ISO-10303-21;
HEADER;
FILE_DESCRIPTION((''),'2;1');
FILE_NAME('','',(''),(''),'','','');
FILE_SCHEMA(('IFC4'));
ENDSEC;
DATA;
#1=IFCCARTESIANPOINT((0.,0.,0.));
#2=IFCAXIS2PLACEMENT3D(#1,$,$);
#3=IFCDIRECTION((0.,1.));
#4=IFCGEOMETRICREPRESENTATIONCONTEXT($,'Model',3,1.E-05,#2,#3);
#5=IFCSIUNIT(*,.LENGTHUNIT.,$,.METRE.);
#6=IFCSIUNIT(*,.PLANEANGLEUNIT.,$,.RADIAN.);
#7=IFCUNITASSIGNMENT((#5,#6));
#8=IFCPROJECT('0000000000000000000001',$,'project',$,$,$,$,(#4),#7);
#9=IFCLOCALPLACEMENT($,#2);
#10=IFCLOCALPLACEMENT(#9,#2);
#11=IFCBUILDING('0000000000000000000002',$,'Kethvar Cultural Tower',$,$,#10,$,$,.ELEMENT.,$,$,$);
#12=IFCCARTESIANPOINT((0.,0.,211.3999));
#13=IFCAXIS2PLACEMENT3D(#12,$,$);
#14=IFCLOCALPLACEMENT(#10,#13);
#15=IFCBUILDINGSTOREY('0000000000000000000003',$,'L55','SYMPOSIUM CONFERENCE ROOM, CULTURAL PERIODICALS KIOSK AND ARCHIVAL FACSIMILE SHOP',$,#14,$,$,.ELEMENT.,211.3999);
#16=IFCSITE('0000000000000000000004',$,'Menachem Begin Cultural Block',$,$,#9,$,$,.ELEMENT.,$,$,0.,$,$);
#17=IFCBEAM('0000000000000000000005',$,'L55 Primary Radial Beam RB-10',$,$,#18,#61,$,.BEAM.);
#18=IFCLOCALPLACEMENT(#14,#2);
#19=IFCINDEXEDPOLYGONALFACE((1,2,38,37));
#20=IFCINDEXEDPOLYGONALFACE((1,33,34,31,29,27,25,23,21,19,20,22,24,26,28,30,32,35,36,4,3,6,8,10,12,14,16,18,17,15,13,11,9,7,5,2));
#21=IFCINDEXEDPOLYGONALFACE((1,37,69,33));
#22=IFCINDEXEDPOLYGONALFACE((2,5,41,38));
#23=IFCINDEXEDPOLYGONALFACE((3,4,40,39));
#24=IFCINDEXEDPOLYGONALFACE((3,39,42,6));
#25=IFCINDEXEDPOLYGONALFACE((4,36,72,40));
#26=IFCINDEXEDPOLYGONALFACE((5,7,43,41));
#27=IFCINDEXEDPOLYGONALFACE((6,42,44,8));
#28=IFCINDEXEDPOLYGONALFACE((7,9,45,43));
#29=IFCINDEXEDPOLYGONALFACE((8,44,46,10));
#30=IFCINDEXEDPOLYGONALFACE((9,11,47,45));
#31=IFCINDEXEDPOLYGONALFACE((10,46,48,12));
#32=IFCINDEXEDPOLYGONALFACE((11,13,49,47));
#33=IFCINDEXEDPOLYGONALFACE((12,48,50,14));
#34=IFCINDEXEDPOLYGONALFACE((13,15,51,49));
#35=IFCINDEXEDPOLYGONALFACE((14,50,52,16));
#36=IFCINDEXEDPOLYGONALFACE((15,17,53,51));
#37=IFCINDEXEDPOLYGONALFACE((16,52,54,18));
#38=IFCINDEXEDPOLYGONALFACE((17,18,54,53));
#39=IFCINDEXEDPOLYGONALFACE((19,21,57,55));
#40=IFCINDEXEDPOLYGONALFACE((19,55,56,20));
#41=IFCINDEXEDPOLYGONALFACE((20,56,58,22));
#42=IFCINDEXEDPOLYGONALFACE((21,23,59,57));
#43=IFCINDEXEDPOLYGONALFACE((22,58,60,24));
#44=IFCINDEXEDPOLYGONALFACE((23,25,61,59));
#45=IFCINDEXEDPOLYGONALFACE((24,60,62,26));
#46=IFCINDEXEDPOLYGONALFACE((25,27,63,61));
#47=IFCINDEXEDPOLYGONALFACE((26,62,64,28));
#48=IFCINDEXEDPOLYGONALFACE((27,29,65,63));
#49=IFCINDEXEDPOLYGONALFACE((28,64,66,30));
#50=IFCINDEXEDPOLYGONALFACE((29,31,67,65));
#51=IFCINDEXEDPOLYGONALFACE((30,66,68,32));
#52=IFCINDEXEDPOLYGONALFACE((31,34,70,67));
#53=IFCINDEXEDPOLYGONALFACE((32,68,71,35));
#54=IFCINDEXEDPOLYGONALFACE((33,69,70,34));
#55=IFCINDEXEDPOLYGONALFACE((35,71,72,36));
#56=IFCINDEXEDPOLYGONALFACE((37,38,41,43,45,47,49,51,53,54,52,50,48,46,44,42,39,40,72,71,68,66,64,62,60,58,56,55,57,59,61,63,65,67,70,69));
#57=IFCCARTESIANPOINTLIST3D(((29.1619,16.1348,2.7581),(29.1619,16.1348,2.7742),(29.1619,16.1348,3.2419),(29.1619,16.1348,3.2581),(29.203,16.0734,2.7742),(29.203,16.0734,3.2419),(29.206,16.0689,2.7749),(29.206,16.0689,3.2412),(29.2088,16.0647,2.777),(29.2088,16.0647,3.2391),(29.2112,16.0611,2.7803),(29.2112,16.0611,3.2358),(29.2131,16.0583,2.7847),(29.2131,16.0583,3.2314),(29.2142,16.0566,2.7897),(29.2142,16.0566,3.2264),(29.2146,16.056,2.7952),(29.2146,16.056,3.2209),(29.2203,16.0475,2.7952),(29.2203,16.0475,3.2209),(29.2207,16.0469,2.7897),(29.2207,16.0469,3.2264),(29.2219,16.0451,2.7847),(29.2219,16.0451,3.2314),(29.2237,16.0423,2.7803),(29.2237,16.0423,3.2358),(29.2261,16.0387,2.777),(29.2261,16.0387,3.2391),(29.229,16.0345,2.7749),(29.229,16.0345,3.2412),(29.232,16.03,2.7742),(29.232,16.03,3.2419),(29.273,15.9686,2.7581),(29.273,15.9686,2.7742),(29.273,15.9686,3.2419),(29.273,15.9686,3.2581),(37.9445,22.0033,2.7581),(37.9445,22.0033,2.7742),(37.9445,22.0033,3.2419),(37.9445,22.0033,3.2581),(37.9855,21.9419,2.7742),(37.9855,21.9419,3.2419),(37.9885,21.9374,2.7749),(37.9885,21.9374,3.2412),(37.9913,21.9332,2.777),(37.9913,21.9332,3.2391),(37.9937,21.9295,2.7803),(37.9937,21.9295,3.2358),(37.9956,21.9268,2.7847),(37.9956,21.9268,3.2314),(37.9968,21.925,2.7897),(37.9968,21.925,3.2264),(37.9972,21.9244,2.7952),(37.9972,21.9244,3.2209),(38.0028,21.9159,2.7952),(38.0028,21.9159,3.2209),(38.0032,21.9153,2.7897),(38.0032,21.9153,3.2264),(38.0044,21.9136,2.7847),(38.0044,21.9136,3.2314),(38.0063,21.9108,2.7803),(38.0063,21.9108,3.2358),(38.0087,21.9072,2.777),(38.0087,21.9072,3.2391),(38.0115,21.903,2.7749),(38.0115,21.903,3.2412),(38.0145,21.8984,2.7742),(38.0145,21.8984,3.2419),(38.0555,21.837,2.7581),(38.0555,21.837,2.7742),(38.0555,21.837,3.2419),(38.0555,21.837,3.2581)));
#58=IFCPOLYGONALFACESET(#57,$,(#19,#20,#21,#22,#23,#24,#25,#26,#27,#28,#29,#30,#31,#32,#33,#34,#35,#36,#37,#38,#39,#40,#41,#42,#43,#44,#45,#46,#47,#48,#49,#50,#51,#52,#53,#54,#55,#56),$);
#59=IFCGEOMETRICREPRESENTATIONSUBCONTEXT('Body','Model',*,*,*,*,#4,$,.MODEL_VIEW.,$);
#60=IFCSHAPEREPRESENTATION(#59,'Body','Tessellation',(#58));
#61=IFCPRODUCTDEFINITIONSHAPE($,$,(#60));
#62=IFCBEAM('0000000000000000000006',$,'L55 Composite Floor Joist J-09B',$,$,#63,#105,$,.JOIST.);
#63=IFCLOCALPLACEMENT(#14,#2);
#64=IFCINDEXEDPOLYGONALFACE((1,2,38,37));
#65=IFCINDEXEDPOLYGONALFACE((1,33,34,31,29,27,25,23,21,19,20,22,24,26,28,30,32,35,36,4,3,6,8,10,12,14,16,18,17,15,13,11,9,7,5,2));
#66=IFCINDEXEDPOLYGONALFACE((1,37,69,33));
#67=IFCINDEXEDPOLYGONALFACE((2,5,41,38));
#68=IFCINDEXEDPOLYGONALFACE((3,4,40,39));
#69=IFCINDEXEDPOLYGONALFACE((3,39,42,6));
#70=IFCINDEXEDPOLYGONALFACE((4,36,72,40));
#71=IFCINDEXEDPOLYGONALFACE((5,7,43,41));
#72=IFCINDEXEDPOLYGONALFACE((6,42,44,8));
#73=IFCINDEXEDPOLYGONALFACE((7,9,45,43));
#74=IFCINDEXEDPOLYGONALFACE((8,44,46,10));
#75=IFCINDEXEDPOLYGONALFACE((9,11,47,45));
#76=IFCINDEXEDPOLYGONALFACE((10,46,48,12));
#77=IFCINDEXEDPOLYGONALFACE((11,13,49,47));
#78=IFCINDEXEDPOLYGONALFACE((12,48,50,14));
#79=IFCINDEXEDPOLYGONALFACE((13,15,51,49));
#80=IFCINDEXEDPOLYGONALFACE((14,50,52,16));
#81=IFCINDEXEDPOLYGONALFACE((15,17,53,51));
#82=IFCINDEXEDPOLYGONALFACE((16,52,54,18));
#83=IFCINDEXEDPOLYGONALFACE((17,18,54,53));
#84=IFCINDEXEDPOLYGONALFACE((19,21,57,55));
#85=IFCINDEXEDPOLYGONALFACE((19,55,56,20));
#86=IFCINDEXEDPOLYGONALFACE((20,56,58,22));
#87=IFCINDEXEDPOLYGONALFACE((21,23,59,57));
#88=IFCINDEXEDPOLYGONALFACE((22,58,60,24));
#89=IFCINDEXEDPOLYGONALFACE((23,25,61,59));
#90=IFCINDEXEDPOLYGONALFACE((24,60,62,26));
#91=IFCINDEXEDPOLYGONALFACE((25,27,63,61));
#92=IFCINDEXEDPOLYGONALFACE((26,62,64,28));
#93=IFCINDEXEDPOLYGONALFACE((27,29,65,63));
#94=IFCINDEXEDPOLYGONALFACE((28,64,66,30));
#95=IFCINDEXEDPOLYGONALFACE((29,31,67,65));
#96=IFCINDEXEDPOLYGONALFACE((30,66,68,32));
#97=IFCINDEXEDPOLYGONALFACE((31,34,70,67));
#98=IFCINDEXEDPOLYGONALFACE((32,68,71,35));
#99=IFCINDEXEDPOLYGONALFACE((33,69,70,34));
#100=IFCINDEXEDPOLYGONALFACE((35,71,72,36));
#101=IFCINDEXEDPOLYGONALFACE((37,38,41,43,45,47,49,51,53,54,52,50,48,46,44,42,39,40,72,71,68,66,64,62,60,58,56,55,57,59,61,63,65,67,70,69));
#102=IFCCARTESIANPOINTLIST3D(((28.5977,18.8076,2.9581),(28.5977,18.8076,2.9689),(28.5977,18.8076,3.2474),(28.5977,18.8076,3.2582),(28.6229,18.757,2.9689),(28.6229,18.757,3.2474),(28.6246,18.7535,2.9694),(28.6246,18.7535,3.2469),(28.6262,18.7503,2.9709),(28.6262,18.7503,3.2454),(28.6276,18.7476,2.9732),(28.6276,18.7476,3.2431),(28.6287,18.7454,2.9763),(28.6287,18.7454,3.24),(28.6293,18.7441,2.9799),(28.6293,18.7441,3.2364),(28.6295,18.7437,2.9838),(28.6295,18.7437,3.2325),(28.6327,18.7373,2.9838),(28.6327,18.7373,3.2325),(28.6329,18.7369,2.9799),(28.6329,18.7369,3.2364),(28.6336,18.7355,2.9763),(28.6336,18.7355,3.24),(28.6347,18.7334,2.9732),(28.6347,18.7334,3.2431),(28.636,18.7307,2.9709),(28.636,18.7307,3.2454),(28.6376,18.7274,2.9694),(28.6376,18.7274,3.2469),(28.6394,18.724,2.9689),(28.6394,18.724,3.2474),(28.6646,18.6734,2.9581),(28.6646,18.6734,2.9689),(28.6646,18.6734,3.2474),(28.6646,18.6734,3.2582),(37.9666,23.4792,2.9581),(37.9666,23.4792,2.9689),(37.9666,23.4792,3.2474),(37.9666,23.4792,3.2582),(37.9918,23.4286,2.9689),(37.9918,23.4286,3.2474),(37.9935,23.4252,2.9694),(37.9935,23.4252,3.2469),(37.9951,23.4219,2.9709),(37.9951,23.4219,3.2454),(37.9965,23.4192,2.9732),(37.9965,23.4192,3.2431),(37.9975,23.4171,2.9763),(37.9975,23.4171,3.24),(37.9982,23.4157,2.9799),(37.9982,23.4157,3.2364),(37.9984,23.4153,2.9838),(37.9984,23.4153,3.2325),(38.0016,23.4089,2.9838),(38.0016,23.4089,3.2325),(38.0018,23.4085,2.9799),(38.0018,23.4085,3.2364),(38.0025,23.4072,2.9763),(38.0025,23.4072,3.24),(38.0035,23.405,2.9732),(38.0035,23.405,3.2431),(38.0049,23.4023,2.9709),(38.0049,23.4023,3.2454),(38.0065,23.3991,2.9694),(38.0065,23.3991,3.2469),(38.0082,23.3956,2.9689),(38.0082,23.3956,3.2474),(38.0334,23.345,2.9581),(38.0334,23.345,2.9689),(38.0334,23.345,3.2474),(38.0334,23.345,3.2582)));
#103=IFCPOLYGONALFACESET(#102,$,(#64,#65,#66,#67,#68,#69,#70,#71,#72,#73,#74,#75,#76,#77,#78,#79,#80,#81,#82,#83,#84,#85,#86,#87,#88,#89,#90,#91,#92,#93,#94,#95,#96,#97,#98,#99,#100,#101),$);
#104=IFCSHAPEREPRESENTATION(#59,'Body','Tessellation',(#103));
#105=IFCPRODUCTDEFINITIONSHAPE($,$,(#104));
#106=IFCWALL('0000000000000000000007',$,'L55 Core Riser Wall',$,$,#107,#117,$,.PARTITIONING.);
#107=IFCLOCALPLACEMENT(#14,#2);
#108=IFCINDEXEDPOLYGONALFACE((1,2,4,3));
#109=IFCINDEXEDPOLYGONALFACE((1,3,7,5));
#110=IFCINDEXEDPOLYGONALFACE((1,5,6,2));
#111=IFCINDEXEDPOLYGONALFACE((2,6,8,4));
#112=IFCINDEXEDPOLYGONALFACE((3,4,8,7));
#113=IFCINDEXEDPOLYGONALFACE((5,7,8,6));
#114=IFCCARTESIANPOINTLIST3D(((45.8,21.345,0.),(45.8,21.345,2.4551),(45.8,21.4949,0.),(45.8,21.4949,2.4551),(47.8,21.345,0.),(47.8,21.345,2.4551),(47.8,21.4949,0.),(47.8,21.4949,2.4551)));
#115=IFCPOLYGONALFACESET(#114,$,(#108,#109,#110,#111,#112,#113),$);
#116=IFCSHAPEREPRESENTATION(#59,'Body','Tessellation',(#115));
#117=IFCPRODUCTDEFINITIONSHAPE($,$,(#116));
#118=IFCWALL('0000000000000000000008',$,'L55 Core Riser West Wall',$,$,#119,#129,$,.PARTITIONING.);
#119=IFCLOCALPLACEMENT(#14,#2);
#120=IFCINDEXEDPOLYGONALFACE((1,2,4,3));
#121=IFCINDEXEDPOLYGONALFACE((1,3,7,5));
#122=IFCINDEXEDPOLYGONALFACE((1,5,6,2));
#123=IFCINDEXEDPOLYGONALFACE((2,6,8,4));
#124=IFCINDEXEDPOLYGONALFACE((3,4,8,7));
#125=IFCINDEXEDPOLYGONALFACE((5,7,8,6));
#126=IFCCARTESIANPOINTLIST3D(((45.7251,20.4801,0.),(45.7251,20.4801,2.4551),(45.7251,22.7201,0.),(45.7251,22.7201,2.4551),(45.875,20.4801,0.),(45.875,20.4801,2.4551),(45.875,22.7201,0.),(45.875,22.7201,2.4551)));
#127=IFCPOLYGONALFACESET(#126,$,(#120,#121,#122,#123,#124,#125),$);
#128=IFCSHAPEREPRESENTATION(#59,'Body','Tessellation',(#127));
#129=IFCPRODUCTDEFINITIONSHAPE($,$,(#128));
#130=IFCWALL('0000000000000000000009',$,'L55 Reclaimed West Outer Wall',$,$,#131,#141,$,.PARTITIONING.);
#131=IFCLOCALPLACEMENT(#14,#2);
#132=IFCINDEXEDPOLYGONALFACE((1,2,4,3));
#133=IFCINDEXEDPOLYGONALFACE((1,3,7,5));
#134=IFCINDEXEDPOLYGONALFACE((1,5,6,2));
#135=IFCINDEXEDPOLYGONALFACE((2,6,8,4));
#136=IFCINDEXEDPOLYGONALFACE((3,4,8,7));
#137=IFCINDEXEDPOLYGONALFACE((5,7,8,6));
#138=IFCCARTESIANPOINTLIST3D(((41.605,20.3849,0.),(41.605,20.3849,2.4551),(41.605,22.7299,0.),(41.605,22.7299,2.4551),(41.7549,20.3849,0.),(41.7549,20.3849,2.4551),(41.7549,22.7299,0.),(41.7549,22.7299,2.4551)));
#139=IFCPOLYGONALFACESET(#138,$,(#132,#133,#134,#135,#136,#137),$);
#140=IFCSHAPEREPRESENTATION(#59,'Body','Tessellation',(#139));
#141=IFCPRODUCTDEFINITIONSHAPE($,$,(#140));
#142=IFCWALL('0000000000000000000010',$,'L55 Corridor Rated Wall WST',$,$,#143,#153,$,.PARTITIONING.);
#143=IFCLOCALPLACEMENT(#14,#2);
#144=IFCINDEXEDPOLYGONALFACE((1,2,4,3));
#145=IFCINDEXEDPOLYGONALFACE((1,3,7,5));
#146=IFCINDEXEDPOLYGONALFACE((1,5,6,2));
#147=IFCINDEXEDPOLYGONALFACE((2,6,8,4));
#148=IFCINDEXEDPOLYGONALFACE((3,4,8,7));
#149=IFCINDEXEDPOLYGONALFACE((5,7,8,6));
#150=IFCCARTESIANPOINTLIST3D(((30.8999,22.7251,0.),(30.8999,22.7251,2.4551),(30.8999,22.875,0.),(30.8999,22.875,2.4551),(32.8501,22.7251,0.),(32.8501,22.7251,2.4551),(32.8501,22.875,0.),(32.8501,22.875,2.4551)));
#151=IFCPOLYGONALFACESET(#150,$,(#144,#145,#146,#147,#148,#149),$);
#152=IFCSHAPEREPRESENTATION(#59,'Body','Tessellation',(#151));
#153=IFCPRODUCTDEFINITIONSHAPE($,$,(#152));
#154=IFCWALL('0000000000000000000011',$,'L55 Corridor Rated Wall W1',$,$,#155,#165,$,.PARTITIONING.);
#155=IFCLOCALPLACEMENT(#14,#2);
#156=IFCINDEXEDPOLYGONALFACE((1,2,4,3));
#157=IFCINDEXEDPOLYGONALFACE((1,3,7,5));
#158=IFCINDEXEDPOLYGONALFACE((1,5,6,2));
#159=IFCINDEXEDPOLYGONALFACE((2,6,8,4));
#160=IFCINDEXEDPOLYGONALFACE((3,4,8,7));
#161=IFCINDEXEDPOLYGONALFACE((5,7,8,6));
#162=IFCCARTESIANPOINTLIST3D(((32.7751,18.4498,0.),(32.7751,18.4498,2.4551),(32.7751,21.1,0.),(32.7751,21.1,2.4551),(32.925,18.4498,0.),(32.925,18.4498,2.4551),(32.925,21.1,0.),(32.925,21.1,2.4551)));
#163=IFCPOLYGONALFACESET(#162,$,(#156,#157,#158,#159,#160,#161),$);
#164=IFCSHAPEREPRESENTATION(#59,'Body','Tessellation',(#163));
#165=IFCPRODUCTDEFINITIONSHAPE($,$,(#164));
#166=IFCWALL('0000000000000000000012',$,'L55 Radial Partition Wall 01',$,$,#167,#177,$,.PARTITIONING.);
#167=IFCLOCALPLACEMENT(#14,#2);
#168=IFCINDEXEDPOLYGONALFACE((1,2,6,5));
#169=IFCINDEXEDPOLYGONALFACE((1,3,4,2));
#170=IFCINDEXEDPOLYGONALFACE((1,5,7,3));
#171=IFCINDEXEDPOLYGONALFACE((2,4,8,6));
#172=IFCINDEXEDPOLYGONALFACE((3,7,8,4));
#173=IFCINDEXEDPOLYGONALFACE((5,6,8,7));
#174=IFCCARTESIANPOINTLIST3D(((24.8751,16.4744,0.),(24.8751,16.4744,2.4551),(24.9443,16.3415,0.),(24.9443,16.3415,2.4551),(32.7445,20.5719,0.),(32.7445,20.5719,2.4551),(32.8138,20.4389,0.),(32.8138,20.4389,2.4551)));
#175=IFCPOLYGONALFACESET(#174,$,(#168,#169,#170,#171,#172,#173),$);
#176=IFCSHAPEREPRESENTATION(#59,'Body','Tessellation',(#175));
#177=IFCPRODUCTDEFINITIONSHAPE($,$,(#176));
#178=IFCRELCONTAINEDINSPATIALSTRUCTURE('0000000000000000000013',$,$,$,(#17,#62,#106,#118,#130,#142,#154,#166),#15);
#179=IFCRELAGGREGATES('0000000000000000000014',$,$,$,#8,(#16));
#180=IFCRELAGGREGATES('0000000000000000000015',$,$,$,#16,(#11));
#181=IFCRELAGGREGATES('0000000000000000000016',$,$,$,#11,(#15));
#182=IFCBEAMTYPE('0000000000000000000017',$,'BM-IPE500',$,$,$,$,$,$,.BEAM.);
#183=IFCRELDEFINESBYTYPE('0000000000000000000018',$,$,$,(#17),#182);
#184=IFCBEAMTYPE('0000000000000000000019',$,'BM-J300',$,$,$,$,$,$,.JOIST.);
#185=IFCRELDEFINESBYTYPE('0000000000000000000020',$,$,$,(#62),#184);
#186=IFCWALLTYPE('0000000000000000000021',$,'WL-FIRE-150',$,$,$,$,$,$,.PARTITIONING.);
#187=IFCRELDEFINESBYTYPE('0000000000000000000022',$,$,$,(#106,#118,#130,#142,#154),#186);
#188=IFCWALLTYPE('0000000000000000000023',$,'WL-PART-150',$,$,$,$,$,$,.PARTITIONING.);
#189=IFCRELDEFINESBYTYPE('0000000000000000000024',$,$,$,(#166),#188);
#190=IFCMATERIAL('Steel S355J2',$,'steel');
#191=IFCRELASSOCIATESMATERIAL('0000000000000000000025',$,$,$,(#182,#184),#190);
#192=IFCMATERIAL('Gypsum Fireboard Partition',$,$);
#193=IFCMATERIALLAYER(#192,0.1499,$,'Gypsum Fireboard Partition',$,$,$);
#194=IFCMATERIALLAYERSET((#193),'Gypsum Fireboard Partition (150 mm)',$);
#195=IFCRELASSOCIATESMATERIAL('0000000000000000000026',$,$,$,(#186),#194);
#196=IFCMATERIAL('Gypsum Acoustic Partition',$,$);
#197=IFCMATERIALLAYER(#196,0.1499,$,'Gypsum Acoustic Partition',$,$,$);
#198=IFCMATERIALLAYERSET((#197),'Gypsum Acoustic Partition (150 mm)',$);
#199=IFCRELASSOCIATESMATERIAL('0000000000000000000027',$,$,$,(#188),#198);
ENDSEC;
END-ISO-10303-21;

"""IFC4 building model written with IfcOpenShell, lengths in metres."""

from ifc_helpers import new_model, si_unit, direction, frame, frame_2d, origin, origin_2d, place, context, subcontext, project, spatial, rectangle, i_section, extrude, source, transform, mapped, material, layer, layer_set, material_profile, profile_set, type_object, element, save


model = new_model("IFC4")

# Units and contexts
model_context = context("Model", 3, precision=1e-05, world=origin(), true_north=direction((0.0, 1.0)))
body_context = subcontext(model_context, "Body", "Model", "MODEL_VIEW")
ifc_project = project(units=[si_unit("LENGTHUNIT", "METRE"), si_unit("PLANEANGLEUNIT", "RADIAN")], contexts=[model_context])

# Site, building, storey
site_placement = place(None, origin())
site = spatial("IfcSite", under=ifc_project, at=site_placement, Name="Menachem Begin Cultural Block", CompositionType="ELEMENT", RefElevation=0.0)
building_placement = place(site_placement, origin())
building = spatial("IfcBuilding", under=site, at=building_placement, Name="Kethvar Cultural Tower", CompositionType="ELEMENT")
storey_placement = place(building_placement, frame((0.0, 0.0, 211.3999)))
storey = spatial("IfcBuildingStorey", under=building, at=storey_placement, Name="L55", Description="SYMPOSIUM CONFERENCE ROOM, CULTURAL PERIODICALS KIOSK AND ARCHIVAL FACSIMILE SHOP", CompositionType="ELEMENT", Elevation=211.3999)

# Beams
ifc_material_1 = material(Name="Steel S355J2", Category="steel")
ifc_material_profile_1 = material_profile(ifc_material_1, i_section(OverallWidth=0.2, OverallDepth=0.5, WebThickness=0.0103, FlangeThickness=0.0161, FilletRadius=0.021, at=origin_2d()), Name="Steel S355J2 — IPE500")
ifc_profile_set_1 = profile_set([ifc_material_profile_1], Name="Steel S355J2 — IPE500")
beam_type_1 = type_object("IfcBeamType", Name="BM-IPE500", PredefinedType="BEAM", material=ifc_profile_set_1)
shared_shape_1 = source(origin(), body_context, "Body", "SweptSolid", [
    extrude(i_section(OverallWidth=0.2, OverallDepth=0.5, WebThickness=0.0103, FlangeThickness=0.0161, FilletRadius=0.021, at=origin_2d()), origin(), (0.0, 0.0, 1.0), 10.5627),
])
beam_1_placement = place(storey_placement, frame((38.0, 21.9202, 3.0081), z_axis=(-0.831463, -0.55558, 0.0), x_axis=(0.55558, -0.831463, 0.0)))
element("IfcBeam", 1, at=beam_1_placement, inside=storey, type_object=beam_type_1, Name="L55 Primary Radial Beam RB-10", PredefinedType="BEAM", context=body_context, shape_type="MappedRepresentation", body=[
    mapped(shared_shape_1, transform((0.0, 0.0, 0.0), scale=1.0)),
])
ifc_material_profile_2 = material_profile(ifc_material_1, i_section(OverallWidth=0.1499, OverallDepth=0.3, WebThickness=0.0071, FlangeThickness=0.0107, FilletRadius=0.0149, at=origin_2d()), Name="Steel S355J2 — IPE300")
ifc_profile_set_2 = profile_set([ifc_material_profile_2], Name="Steel S355J2 — IPE300")
beam_type_2 = type_object("IfcBeamType", Name="BM-J300", PredefinedType="JOIST", material=ifc_profile_set_2)
shared_shape_2 = source(origin(), body_context, "Body", "SweptSolid", [
    extrude(i_section(OverallWidth=0.1499, OverallDepth=0.3, WebThickness=0.0071, FlangeThickness=0.0107, FilletRadius=0.0149, at=origin_2d()), origin(), (0.0, 0.0, 1.0), 10.469),
])
beam_2_placement = place(storey_placement, frame((38.0, 23.4121, 3.1082), z_axis=(-0.894916, -0.446234, 0.0), x_axis=(0.446234, -0.894916, 0.0)))
element("IfcBeam", 2, at=beam_2_placement, inside=storey, type_object=beam_type_2, Name="L55 Composite Floor Joist J-09B", PredefinedType="JOIST", context=body_context, shape_type="MappedRepresentation", body=[
    mapped(shared_shape_2, transform((0.0, 0.0, 0.0), scale=1.0)),
])

# Walls
ifc_material_2 = material(Name="Gypsum Fireboard Partition")
ifc_layer_1 = layer(ifc_material_2, 0.1499, Name="Gypsum Fireboard Partition")
ifc_layer_set_1 = layer_set([ifc_layer_1], Name="Gypsum Fireboard Partition (150 mm)")
wall_type_1 = type_object("IfcWallType", Name="WL-FIRE-150", PredefinedType="PARTITIONING", material=ifc_layer_set_1)
wall_1_placement = place(storey_placement, frame((45.8, 21.4199, 0.0), z_axis=(0.0, 0.0, 1.0), x_axis=(1.0, 0.0, 0.0)))
element("IfcWall", 3, at=wall_1_placement, inside=storey, type_object=wall_type_1, Name="L55 Core Riser Wall", PredefinedType="PARTITIONING", context=body_context, shape_type="SweptSolid", body=[
    extrude(rectangle(XDim=2.0, YDim=0.1499, at=frame_2d((1.0, 0.0))), origin(), (0.0, 0.0, 1.0), 2.4551),
])
wall_2_placement = place(storey_placement, frame((45.8, 20.48, 0.0), z_axis=(0.0, 0.0, 1.0), x_axis=(0.0, 1.0, 0.0)))
element("IfcWall", 4, at=wall_2_placement, inside=storey, type_object=wall_type_1, Name="L55 Core Riser West Wall", PredefinedType="PARTITIONING", context=body_context, shape_type="SweptSolid", body=[
    extrude(rectangle(XDim=2.24, YDim=0.1499, at=frame_2d((1.1201, 0.0))), origin(), (0.0, 0.0, 1.0), 2.4551),
])
wall_3_placement = place(storey_placement, frame((41.6799, 20.385, 0.0), z_axis=(0.0, 0.0, 1.0), x_axis=(0.0, 1.0, 0.0)))
element("IfcWall", 5, at=wall_3_placement, inside=storey, type_object=wall_type_1, Name="L55 Reclaimed West Outer Wall", PredefinedType="PARTITIONING", context=body_context, shape_type="SweptSolid", body=[
    extrude(rectangle(XDim=2.345, YDim=0.1499, at=frame_2d((1.1724, 0.0))), origin(), (0.0, 0.0, 1.0), 2.4551),
])

# Walls
wall_4_placement = place(storey_placement, frame((32.8501, 22.8, 0.0), z_axis=(0.0, 0.0, 1.0), x_axis=(-1.0, 0.0, 0.0)))
element("IfcWall", 6, at=wall_4_placement, inside=storey, type_object=wall_type_1, Name="L55 Corridor Rated Wall WST", PredefinedType="PARTITIONING", context=body_context, shape_type="SweptSolid", body=[
    extrude(rectangle(XDim=1.9502, YDim=0.1499, at=frame_2d((0.9751, 0.0))), origin(), (0.0, 0.0, 1.0), 2.4551),
])
wall_5_placement = place(storey_placement, frame((32.8501, 21.1001, 0.0), z_axis=(0.0, 0.0, 1.0), x_axis=(0.0, -1.0, 0.0)))
element("IfcWall", 7, at=wall_5_placement, inside=storey, type_object=wall_type_1, Name="L55 Corridor Rated Wall W1", PredefinedType="PARTITIONING", context=body_context, shape_type="SweptSolid", body=[
    extrude(rectangle(XDim=2.6501, YDim=0.1499, at=frame_2d((1.3252, 0.0))), origin(), (0.0, 0.0, 1.0), 2.4551),
])
ifc_material_3 = material(Name="Gypsum Acoustic Partition")
ifc_layer_2 = layer(ifc_material_3, 0.1499, Name="Gypsum Acoustic Partition")
ifc_layer_set_2 = layer_set([ifc_layer_2], Name="Gypsum Acoustic Partition (150 mm)")
wall_type_2 = type_object("IfcWallType", Name="WL-PART-150", PredefinedType="PARTITIONING", material=ifc_layer_set_2)
wall_6_placement = place(storey_placement, frame((32.7791, 20.5054, 0.0), z_axis=(0.0, 0.0, 1.0), x_axis=(-0.886971, -0.461826, 0.0)))
element("IfcWall", 8, at=wall_6_placement, inside=storey, type_object=wall_type_2, Name="L55 Radial Partition Wall 01", PredefinedType="PARTITIONING", context=body_context, shape_type="SweptSolid", body=[
    extrude(rectangle(XDim=8.8723, YDim=0.1499, at=frame_2d((4.436, 0.0))), origin(), (0.0, 0.0, 1.0), 2.4551),
])

save(model, "model.ifc")
